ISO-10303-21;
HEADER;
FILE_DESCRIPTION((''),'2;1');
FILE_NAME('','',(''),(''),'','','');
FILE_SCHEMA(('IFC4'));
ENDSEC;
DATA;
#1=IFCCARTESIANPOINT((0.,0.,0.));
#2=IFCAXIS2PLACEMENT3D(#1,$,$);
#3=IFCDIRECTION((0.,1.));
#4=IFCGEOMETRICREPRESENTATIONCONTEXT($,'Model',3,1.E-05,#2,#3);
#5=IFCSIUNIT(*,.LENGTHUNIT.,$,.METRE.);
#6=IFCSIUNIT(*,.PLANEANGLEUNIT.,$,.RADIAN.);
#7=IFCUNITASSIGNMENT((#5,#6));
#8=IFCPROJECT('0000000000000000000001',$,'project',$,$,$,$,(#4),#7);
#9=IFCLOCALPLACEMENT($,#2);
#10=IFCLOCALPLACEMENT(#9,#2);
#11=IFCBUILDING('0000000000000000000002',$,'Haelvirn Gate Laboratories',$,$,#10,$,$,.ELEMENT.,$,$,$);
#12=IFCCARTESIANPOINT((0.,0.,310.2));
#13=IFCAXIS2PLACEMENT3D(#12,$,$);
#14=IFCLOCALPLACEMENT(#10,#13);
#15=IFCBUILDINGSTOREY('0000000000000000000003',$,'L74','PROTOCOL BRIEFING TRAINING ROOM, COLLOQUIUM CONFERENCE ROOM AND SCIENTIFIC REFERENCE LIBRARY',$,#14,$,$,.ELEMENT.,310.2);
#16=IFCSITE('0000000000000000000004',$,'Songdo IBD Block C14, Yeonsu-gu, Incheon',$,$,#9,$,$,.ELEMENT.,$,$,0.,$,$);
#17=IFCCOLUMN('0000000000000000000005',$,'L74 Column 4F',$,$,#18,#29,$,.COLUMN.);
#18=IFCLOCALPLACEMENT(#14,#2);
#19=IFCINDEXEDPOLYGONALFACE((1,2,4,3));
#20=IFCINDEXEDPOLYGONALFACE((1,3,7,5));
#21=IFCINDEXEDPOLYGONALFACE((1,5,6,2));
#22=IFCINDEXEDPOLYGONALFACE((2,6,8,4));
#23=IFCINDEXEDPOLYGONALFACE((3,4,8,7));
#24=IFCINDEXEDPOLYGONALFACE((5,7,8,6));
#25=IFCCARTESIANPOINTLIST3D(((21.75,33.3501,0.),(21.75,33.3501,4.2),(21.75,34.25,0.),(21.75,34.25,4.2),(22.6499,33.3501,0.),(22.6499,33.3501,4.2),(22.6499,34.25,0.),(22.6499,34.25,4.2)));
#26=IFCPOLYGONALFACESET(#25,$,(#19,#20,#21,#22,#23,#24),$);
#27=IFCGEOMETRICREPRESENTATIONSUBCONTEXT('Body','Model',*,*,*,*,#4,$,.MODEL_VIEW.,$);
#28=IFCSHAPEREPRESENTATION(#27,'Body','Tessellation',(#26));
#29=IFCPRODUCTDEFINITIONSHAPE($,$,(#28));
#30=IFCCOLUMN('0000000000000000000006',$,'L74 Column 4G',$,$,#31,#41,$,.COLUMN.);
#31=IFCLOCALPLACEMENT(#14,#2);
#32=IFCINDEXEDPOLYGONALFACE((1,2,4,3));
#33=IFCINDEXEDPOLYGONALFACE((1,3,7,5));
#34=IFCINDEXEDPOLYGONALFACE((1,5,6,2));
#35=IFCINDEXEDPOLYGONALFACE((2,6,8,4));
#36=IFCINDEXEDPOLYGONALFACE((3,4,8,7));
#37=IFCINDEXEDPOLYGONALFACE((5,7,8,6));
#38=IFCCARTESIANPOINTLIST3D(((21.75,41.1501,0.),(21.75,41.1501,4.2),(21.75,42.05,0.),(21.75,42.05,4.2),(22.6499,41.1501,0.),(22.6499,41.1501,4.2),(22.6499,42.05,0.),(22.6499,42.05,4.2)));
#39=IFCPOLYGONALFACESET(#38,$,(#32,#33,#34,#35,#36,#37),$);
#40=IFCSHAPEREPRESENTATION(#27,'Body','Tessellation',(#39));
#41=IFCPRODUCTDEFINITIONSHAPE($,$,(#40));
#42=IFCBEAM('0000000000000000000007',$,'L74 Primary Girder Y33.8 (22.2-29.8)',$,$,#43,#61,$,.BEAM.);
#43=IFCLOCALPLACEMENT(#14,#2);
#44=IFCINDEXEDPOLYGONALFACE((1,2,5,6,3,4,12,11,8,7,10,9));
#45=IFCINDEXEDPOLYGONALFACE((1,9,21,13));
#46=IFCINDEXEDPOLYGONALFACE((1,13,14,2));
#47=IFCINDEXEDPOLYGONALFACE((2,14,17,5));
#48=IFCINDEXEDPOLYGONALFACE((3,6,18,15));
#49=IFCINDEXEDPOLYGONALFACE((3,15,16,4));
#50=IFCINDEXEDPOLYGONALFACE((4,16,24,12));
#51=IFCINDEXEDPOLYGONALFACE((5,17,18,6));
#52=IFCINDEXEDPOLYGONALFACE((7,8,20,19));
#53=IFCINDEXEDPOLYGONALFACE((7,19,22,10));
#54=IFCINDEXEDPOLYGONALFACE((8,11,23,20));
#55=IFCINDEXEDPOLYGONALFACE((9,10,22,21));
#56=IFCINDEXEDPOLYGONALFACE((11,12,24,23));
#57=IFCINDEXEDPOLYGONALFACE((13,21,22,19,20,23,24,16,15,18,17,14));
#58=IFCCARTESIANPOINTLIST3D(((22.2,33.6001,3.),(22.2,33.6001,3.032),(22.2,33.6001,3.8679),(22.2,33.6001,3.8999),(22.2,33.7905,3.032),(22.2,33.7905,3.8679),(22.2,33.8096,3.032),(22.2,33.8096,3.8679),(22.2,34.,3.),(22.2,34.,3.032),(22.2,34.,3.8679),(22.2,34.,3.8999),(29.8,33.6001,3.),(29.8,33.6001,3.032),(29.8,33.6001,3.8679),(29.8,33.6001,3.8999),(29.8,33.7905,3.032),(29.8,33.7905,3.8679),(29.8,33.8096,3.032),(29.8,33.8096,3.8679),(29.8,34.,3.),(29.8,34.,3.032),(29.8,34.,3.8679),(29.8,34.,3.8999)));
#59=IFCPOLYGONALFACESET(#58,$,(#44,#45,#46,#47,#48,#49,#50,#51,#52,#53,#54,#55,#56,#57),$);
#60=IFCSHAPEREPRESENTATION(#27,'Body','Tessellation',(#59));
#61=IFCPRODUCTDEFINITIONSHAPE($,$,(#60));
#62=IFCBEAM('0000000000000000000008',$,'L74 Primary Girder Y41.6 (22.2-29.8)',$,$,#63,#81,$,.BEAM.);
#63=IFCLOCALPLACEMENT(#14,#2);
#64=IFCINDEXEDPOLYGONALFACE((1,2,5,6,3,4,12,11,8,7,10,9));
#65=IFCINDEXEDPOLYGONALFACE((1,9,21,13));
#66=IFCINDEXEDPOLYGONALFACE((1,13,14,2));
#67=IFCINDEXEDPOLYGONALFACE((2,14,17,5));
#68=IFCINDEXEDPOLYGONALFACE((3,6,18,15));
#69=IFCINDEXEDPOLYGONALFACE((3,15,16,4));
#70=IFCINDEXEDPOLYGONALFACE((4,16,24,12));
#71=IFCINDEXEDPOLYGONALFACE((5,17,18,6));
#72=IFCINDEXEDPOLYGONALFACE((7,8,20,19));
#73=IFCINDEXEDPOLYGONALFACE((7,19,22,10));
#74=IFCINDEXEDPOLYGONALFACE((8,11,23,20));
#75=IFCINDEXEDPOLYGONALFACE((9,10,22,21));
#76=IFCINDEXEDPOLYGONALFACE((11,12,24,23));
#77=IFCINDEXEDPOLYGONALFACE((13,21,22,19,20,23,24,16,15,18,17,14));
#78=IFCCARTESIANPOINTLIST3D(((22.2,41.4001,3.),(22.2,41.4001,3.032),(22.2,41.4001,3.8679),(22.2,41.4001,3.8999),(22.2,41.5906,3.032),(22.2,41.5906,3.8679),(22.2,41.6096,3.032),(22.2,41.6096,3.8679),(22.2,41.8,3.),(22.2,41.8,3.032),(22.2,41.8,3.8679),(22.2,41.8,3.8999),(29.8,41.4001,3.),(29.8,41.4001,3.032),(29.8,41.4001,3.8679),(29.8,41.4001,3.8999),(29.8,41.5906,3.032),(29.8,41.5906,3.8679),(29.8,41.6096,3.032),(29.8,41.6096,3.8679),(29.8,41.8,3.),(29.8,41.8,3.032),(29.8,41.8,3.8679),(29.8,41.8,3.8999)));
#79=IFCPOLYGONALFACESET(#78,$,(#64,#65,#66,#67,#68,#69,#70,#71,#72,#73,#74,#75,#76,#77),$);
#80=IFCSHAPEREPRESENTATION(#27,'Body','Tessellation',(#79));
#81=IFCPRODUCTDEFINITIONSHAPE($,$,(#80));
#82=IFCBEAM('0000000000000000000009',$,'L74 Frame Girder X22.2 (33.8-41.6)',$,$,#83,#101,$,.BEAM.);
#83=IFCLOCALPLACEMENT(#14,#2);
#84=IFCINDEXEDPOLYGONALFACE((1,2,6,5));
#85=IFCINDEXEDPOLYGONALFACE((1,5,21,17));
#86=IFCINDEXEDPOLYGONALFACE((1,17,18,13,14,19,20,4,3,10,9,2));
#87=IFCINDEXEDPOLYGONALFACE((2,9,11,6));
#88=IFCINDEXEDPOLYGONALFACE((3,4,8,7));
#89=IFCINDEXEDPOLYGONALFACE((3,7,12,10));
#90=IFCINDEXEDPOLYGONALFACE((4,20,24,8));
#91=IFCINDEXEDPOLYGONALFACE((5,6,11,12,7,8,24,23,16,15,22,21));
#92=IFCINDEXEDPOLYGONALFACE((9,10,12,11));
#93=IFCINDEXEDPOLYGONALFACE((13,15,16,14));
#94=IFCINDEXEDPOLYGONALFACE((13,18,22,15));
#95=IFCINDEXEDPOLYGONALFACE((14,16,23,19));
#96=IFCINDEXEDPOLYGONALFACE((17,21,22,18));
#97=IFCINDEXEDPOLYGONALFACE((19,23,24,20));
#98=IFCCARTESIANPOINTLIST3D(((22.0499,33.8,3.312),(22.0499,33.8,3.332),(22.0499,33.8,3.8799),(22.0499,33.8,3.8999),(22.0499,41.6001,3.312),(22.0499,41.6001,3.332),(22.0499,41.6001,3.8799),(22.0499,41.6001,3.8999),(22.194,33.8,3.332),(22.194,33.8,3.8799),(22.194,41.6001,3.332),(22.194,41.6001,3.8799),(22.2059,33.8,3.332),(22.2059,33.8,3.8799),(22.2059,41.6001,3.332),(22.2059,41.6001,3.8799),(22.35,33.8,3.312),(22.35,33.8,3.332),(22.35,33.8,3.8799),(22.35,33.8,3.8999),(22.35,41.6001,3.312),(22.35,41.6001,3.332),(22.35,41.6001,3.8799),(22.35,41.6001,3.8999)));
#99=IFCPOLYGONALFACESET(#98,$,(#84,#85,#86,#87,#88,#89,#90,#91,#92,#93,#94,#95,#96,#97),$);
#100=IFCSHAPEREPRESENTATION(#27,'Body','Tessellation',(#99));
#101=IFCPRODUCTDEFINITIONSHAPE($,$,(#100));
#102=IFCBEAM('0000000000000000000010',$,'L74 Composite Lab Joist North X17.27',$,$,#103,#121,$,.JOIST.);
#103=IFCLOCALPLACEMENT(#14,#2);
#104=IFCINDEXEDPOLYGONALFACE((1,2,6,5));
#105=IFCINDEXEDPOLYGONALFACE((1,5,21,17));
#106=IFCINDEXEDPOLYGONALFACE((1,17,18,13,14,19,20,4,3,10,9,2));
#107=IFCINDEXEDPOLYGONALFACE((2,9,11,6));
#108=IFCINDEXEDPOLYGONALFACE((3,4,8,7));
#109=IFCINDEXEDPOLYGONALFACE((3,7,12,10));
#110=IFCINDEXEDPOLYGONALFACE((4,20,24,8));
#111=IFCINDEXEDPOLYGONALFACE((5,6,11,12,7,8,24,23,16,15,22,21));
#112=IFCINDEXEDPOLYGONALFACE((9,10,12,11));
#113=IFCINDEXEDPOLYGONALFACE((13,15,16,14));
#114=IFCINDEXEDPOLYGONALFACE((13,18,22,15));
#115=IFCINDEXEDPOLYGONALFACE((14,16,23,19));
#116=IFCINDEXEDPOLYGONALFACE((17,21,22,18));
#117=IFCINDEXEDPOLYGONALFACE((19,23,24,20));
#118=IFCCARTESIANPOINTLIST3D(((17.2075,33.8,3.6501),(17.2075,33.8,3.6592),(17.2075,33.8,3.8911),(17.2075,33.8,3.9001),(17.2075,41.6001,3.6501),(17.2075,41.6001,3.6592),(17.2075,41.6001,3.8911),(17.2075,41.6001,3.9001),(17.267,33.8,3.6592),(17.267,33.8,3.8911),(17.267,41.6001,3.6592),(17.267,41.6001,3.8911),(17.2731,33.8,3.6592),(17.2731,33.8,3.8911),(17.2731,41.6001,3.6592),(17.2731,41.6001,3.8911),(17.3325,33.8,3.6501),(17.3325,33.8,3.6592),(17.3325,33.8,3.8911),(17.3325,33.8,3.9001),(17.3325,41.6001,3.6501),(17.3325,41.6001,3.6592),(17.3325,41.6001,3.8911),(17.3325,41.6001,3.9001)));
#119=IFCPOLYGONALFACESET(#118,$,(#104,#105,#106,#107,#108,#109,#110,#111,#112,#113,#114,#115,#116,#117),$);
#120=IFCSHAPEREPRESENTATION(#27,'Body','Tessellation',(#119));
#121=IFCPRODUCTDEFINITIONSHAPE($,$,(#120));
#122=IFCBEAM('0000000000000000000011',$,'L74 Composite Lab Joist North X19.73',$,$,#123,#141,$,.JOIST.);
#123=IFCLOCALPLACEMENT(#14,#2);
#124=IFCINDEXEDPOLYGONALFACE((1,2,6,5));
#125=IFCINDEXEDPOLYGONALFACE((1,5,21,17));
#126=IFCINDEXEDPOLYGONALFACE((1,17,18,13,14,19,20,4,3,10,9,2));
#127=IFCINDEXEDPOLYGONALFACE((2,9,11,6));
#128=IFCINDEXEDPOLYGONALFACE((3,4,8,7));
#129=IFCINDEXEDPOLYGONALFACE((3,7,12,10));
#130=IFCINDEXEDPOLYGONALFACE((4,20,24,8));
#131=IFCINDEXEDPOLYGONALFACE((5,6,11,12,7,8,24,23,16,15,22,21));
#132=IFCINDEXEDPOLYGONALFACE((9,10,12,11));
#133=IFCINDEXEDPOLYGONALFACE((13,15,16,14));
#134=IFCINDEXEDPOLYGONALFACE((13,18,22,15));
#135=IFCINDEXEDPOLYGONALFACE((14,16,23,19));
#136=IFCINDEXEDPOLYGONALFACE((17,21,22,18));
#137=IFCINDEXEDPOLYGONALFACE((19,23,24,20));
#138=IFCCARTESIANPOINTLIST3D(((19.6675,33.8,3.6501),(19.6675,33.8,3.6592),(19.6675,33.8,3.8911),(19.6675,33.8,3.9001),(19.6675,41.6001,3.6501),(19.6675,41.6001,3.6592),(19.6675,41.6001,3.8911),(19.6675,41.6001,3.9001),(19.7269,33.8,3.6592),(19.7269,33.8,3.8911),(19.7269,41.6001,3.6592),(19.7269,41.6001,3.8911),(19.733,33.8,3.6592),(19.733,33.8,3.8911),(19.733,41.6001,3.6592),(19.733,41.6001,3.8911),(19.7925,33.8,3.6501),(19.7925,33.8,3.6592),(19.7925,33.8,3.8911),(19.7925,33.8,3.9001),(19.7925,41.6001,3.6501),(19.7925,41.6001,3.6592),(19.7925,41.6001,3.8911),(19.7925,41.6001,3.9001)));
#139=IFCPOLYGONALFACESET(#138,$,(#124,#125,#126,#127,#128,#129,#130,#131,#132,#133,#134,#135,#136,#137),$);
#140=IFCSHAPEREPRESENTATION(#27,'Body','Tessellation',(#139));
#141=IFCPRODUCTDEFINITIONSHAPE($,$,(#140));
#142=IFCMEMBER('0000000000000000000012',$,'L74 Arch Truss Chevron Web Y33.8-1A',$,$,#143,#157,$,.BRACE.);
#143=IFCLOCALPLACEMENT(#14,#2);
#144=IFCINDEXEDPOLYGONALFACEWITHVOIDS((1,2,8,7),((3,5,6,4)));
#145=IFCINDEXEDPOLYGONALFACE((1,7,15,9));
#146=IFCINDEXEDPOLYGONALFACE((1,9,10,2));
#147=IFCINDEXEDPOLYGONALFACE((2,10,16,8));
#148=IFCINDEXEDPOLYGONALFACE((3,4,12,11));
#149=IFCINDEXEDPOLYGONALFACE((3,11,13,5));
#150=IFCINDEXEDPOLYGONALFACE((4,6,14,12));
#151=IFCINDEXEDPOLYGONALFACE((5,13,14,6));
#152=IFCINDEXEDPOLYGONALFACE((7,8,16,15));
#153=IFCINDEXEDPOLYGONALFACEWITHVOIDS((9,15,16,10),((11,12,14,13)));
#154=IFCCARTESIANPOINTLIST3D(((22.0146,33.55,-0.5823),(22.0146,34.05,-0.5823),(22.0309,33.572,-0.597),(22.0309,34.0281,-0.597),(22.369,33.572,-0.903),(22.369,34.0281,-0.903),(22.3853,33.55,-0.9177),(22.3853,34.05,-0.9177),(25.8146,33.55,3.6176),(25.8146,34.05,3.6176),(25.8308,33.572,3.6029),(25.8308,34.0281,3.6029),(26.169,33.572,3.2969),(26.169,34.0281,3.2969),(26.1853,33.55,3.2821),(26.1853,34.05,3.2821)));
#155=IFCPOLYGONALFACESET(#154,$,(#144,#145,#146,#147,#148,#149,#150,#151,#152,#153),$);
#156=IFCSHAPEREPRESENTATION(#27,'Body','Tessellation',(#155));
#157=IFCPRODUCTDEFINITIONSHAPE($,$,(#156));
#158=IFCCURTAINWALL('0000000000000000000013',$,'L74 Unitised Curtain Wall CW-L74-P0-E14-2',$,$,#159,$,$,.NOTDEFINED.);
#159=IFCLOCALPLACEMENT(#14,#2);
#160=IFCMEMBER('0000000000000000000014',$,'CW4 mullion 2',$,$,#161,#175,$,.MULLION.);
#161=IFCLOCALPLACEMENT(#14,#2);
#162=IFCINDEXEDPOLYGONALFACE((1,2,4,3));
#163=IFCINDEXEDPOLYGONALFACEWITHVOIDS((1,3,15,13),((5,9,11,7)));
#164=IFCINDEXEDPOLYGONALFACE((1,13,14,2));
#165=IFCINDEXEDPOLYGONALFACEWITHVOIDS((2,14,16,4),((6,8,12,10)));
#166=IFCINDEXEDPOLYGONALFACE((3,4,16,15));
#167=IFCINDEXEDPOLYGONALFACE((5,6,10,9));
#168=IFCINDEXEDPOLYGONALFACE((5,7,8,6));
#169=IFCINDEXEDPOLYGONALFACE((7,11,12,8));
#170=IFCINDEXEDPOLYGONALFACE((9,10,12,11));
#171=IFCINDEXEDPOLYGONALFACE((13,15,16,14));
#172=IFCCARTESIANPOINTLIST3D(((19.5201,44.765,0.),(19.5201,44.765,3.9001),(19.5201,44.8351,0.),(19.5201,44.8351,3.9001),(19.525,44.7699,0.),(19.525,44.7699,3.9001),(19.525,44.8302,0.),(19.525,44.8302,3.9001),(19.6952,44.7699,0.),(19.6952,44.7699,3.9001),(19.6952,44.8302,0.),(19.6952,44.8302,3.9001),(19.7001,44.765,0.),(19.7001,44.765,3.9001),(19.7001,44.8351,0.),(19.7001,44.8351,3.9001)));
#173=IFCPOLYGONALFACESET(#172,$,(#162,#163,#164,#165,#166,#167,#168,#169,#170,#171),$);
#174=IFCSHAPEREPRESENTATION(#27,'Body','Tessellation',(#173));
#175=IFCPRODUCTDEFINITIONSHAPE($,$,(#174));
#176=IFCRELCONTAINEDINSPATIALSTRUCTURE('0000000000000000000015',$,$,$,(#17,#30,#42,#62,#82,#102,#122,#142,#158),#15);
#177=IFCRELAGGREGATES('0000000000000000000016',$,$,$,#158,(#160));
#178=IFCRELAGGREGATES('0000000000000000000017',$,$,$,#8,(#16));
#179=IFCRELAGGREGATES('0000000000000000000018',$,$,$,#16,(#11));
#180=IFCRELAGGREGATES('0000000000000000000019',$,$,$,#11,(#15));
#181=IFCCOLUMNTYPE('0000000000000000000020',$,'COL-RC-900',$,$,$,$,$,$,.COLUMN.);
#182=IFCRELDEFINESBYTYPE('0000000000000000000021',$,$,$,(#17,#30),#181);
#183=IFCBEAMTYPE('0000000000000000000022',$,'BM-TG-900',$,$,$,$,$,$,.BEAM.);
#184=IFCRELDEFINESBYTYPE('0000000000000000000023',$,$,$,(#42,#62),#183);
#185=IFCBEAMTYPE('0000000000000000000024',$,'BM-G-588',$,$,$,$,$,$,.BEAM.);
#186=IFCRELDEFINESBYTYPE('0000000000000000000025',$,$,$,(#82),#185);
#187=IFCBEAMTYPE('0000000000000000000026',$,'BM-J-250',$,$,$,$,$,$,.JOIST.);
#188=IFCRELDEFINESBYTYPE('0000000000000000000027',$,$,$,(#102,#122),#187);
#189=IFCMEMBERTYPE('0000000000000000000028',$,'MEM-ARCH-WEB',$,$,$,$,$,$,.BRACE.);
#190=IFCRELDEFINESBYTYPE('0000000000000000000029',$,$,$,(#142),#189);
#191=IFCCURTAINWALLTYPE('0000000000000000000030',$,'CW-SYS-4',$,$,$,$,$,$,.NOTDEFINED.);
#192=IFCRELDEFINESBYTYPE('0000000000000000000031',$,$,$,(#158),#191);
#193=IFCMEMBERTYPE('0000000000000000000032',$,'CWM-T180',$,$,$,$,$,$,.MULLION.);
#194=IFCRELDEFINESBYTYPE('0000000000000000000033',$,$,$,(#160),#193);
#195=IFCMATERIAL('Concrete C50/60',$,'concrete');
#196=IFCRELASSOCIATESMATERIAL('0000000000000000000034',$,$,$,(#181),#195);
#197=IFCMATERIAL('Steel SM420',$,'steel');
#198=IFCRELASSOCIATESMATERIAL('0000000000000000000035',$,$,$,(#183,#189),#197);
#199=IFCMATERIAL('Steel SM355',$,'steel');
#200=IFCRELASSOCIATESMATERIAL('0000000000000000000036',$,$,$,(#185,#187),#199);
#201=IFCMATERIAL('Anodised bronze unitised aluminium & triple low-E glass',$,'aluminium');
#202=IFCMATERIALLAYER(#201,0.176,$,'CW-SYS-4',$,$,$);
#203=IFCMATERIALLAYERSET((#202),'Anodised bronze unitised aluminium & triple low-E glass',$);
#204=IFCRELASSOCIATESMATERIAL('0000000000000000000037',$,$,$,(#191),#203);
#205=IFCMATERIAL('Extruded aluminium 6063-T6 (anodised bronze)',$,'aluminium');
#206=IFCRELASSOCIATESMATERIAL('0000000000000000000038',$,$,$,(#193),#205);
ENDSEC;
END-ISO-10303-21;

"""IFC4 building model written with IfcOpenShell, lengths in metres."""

from ifc_helpers import new_model, si_unit, direction, frame, origin, origin_2d, place, context, subcontext, project, spatial, rectangle, hollow_rectangle, i_section, extrude, source, transform, mapped, material, layer, layer_set, material_profile, profile_set, type_object, type_shapes, element, aggregate, save


model = new_model("IFC4")

# Units and contexts
model_context = context("Model", 3, precision=1e-05, world=origin(), true_north=direction((0.0, 1.0)))
body_context = subcontext(model_context, "Body", "Model", "MODEL_VIEW")
ifc_project = project(units=[si_unit("LENGTHUNIT", "METRE"), si_unit("PLANEANGLEUNIT", "RADIAN")], contexts=[model_context])

# Site, building, storey
site_placement = place(None, origin())
site = spatial("IfcSite", under=ifc_project, at=site_placement, Name="Songdo IBD Block C14, Yeonsu-gu, Incheon", CompositionType="ELEMENT", RefElevation=0.0)
building_placement = place(site_placement, origin())
building = spatial("IfcBuilding", under=site, at=building_placement, Name="Haelvirn Gate Laboratories", CompositionType="ELEMENT")
storey_placement = place(building_placement, frame((0.0, 0.0, 310.2)))
storey = spatial("IfcBuildingStorey", under=building, at=storey_placement, Name="L74", Description="PROTOCOL BRIEFING TRAINING ROOM, COLLOQUIUM CONFERENCE ROOM AND SCIENTIFIC REFERENCE LIBRARY", CompositionType="ELEMENT", Elevation=310.2)

# Columns
ifc_material_1 = material(Name="Concrete C50/60", Category="concrete")
ifc_material_profile_1 = material_profile(ifc_material_1, rectangle(XDim=0.8999, YDim=0.8999, at=origin_2d()), Name="RC-900x900")
ifc_profile_set_1 = profile_set([ifc_material_profile_1], Name="Concrete C50/60")
column_type = type_object("IfcColumnType", Name="COL-RC-900", PredefinedType="COLUMN", material=ifc_profile_set_1)
shared_shape_1 = source(origin(), body_context, "Body", "SweptSolid", [
    extrude(rectangle(XDim=0.8999, YDim=0.8999, at=origin_2d()), origin(), (0.0, 0.0, 1.0), 4.2),
])
type_shapes(column_type, [shared_shape_1])
for number, where, z_axis, x_axis, name in (
    (1, (22.2, 33.8, 0.0), (0.0, 0.0, 1.0), (1.0, 0.0, 0.0), "L74 Column 4F"),
    (2, (22.2, 41.6001, 0.0), (0.0, 0.0, 1.0), (1.0, 0.0, 0.0), "L74 Column 4G"),
):
    element("IfcColumn", number, at=place(storey_placement, frame(where, z_axis=z_axis, x_axis=x_axis)), inside=storey, type_object=column_type, Name=name, PredefinedType="COLUMN", context=body_context, shape_type="MappedRepresentation", body=[
        mapped(shared_shape_1, transform((0.0, 0.0, 0.0), scale=1.0)),
    ])

# Beams
ifc_material_2 = material(Name="Steel SM420", Category="steel")
ifc_material_profile_2 = material_profile(ifc_material_2, i_section(OverallWidth=0.3999, OverallDepth=0.8999, WebThickness=0.019, FlangeThickness=0.032, at=origin_2d()), Name="H-900x400x19x32")
ifc_profile_set_2 = profile_set([ifc_material_profile_2], Name="Steel SM420")
beam_type_1 = type_object("IfcBeamType", Name="BM-TG-900", PredefinedType="BEAM", material=ifc_profile_set_2)
shared_shape_2 = source(origin(), body_context, "Body", "SweptSolid", [
    extrude(i_section(OverallWidth=0.3999, OverallDepth=0.8999, WebThickness=0.019, FlangeThickness=0.032, at=origin_2d()), origin(), (0.0, 0.0, 1.0), 7.6001),
])
type_shapes(beam_type_1, [shared_shape_2])
for number, where, z_axis, x_axis, name in (
    (3, (22.2, 33.8, 3.45), (1.0, 0.0, 0.0), (0.0, 1.0, 0.0), "L74 Primary Girder Y33.8 (22.2-29.8)"),
    (4, (22.2, 41.6001, 3.45), (1.0, 0.0, 0.0), (0.0, 1.0, 0.0), "L74 Primary Girder Y41.6 (22.2-29.8)"),
):
    element("IfcBeam", number, at=place(storey_placement, frame(where, z_axis=z_axis, x_axis=x_axis)), inside=storey, type_object=beam_type_1, Name=name, PredefinedType="BEAM", context=body_context, shape_type="MappedRepresentation", body=[
        mapped(shared_shape_2, transform((0.0, 0.0, 0.0), scale=1.0)),
    ])
ifc_material_3 = material(Name="Steel SM355", Category="steel")
ifc_material_profile_3 = material_profile(ifc_material_3, i_section(OverallWidth=0.3, OverallDepth=0.5879, WebThickness=0.012, FlangeThickness=0.02, at=origin_2d()), Name="H-588x300x12x20")
ifc_profile_set_3 = profile_set([ifc_material_profile_3], Name="Steel SM355")
beam_type_2 = type_object("IfcBeamType", Name="BM-G-588", PredefinedType="BEAM", material=ifc_profile_set_3)
shared_shape_3 = source(origin(), body_context, "Body", "SweptSolid", [
    extrude(i_section(OverallWidth=0.3, OverallDepth=0.5879, WebThickness=0.012, FlangeThickness=0.02, at=origin_2d()), origin(), (0.0, 0.0, 1.0), 7.8),
])
type_shapes(beam_type_2, [shared_shape_3])
beam_placement = place(storey_placement, frame((22.2, 33.8, 3.606), z_axis=(0.0, 1.0, 0.0), x_axis=(-1.0, 0.0, 0.0)))
element("IfcBeam", 5, at=beam_placement, inside=storey, type_object=beam_type_2, Name="L74 Frame Girder X22.2 (33.8-41.6)", PredefinedType="BEAM", context=body_context, shape_type="MappedRepresentation", body=[
    mapped(shared_shape_3, transform((0.0, 0.0, 0.0), scale=1.0)),
])
ifc_material_profile_4 = material_profile(ifc_material_3, i_section(OverallWidth=0.125, OverallDepth=0.25, WebThickness=0.0061, FlangeThickness=0.009, at=origin_2d()), Name="H-250x125x6x9")
ifc_profile_set_4 = profile_set([ifc_material_profile_4], Name="Steel SM355")
beam_type_3 = type_object("IfcBeamType", Name="BM-J-250", PredefinedType="JOIST", material=ifc_profile_set_4)
shared_shape_4 = source(origin(), body_context, "Body", "SweptSolid", [
    extrude(i_section(OverallWidth=0.125, OverallDepth=0.25, WebThickness=0.0061, FlangeThickness=0.009, at=origin_2d()), origin(), (0.0, 0.0, 1.0), 7.8),
])
type_shapes(beam_type_3, [shared_shape_4])
for number, where, z_axis, x_axis, name in (
    (6, (17.27, 33.8, 3.7751), (0.0, 1.0, 0.0), (-1.0, 0.0, 0.0), "L74 Composite Lab Joist North X17.27"),
    (7, (19.73, 33.8, 3.7751), (0.0, 1.0, 0.0), (-1.0, 0.0, 0.0), "L74 Composite Lab Joist North X19.73"),
):
    element("IfcBeam", number, at=place(storey_placement, frame(where, z_axis=z_axis, x_axis=x_axis)), inside=storey, type_object=beam_type_3, Name=name, PredefinedType="JOIST", context=body_context, shape_type="MappedRepresentation", body=[
        mapped(shared_shape_4, transform((0.0, 0.0, 0.0), scale=1.0)),
    ])

# Member
ifc_material_profile_5 = material_profile(ifc_material_2, hollow_rectangle(XDim=0.5, YDim=0.5, WallThickness=0.022, at=origin_2d()), Name="BOX-500x500x22")
ifc_profile_set_5 = profile_set([ifc_material_profile_5], Name="Steel SM420")
member_type_1 = type_object("IfcMemberType", Name="MEM-ARCH-WEB", PredefinedType="BRACE", material=ifc_profile_set_5)
shared_shape_5 = source(origin(), body_context, "Body", "SweptSolid", [
    extrude(hollow_rectangle(XDim=0.5, YDim=0.5, WallThickness=0.022, at=origin_2d()), origin(), (0.0, 0.0, 1.0), 5.6638),
])
type_shapes(member_type_1, [shared_shape_5])
member_1_placement = place(storey_placement, frame((22.2, 33.8, -0.75), z_axis=(0.670922, 0.0, 0.741528), x_axis=(0.0, 1.0, 0.0)))
element("IfcMember", 8, at=member_1_placement, inside=storey, type_object=member_type_1, Name="L74 Arch Truss Chevron Web Y33.8-1A", PredefinedType="BRACE", context=body_context, shape_type="MappedRepresentation", body=[
    mapped(shared_shape_5, transform((0.0, 0.0, 0.0), scale=1.0)),
])

# Curtain wall, member
ifc_material_4 = material(Name="Anodised bronze unitised aluminium & triple low-E glass", Category="aluminium")
ifc_layer_1 = layer(ifc_material_4, 0.176, Name="CW-SYS-4")
ifc_layer_set_1 = layer_set([ifc_layer_1], Name="Anodised bronze unitised aluminium & triple low-E glass")
curtain_wall_type = type_object("IfcCurtainWallType", Name="CW-SYS-4", PredefinedType="NOTDEFINED", material=ifc_layer_set_1)
curtain_wall_placement = place(storey_placement, origin())
curtain_wall = element("IfcCurtainWall", 9, at=curtain_wall_placement, inside=storey, type_object=curtain_wall_type, Name="L74 Unitised Curtain Wall CW-L74-P0-E14-2", PredefinedType="NOTDEFINED")
ifc_material_5 = material(Name="Extruded aluminium 6063-T6 (anodised bronze)", Category="aluminium")
ifc_material_profile_6 = material_profile(ifc_material_5, hollow_rectangle(XDim=0.0701, YDim=0.1799, WallThickness=0.0049, at=origin_2d()), Name="CWM-180x70x5")
ifc_profile_set_6 = profile_set([ifc_material_profile_6], Name="Extruded aluminium 6063-T6 (anodised bronze)")
member_type_2 = type_object("IfcMemberType", Name="CWM-T180", PredefinedType="MULLION", material=ifc_profile_set_6)
shared_shape_6 = source(origin(), body_context, "Body", "SweptSolid", [
    extrude(hollow_rectangle(XDim=0.0701, YDim=0.1799, WallThickness=0.0049, at=origin_2d()), origin(), (0.0, 0.0, 1.0), 3.9001),
])
type_shapes(member_type_2, [shared_shape_6])
member_2_placement = place(storey_placement, frame((19.6101, 44.8, 0.0), z_axis=(0.0, 0.0, 1.0), x_axis=(0.0, 1.0, 0.0)))
member_2 = element("IfcMember", 10, at=member_2_placement, type_object=member_type_2, Name="CW4 mullion 2", PredefinedType="MULLION", context=body_context, shape_type="MappedRepresentation", body=[
    mapped(shared_shape_6, transform((0.0, 0.0, 0.0), scale=1.0)),
])

aggregate(curtain_wall, [member_2])

save(model, "model.ifc")
